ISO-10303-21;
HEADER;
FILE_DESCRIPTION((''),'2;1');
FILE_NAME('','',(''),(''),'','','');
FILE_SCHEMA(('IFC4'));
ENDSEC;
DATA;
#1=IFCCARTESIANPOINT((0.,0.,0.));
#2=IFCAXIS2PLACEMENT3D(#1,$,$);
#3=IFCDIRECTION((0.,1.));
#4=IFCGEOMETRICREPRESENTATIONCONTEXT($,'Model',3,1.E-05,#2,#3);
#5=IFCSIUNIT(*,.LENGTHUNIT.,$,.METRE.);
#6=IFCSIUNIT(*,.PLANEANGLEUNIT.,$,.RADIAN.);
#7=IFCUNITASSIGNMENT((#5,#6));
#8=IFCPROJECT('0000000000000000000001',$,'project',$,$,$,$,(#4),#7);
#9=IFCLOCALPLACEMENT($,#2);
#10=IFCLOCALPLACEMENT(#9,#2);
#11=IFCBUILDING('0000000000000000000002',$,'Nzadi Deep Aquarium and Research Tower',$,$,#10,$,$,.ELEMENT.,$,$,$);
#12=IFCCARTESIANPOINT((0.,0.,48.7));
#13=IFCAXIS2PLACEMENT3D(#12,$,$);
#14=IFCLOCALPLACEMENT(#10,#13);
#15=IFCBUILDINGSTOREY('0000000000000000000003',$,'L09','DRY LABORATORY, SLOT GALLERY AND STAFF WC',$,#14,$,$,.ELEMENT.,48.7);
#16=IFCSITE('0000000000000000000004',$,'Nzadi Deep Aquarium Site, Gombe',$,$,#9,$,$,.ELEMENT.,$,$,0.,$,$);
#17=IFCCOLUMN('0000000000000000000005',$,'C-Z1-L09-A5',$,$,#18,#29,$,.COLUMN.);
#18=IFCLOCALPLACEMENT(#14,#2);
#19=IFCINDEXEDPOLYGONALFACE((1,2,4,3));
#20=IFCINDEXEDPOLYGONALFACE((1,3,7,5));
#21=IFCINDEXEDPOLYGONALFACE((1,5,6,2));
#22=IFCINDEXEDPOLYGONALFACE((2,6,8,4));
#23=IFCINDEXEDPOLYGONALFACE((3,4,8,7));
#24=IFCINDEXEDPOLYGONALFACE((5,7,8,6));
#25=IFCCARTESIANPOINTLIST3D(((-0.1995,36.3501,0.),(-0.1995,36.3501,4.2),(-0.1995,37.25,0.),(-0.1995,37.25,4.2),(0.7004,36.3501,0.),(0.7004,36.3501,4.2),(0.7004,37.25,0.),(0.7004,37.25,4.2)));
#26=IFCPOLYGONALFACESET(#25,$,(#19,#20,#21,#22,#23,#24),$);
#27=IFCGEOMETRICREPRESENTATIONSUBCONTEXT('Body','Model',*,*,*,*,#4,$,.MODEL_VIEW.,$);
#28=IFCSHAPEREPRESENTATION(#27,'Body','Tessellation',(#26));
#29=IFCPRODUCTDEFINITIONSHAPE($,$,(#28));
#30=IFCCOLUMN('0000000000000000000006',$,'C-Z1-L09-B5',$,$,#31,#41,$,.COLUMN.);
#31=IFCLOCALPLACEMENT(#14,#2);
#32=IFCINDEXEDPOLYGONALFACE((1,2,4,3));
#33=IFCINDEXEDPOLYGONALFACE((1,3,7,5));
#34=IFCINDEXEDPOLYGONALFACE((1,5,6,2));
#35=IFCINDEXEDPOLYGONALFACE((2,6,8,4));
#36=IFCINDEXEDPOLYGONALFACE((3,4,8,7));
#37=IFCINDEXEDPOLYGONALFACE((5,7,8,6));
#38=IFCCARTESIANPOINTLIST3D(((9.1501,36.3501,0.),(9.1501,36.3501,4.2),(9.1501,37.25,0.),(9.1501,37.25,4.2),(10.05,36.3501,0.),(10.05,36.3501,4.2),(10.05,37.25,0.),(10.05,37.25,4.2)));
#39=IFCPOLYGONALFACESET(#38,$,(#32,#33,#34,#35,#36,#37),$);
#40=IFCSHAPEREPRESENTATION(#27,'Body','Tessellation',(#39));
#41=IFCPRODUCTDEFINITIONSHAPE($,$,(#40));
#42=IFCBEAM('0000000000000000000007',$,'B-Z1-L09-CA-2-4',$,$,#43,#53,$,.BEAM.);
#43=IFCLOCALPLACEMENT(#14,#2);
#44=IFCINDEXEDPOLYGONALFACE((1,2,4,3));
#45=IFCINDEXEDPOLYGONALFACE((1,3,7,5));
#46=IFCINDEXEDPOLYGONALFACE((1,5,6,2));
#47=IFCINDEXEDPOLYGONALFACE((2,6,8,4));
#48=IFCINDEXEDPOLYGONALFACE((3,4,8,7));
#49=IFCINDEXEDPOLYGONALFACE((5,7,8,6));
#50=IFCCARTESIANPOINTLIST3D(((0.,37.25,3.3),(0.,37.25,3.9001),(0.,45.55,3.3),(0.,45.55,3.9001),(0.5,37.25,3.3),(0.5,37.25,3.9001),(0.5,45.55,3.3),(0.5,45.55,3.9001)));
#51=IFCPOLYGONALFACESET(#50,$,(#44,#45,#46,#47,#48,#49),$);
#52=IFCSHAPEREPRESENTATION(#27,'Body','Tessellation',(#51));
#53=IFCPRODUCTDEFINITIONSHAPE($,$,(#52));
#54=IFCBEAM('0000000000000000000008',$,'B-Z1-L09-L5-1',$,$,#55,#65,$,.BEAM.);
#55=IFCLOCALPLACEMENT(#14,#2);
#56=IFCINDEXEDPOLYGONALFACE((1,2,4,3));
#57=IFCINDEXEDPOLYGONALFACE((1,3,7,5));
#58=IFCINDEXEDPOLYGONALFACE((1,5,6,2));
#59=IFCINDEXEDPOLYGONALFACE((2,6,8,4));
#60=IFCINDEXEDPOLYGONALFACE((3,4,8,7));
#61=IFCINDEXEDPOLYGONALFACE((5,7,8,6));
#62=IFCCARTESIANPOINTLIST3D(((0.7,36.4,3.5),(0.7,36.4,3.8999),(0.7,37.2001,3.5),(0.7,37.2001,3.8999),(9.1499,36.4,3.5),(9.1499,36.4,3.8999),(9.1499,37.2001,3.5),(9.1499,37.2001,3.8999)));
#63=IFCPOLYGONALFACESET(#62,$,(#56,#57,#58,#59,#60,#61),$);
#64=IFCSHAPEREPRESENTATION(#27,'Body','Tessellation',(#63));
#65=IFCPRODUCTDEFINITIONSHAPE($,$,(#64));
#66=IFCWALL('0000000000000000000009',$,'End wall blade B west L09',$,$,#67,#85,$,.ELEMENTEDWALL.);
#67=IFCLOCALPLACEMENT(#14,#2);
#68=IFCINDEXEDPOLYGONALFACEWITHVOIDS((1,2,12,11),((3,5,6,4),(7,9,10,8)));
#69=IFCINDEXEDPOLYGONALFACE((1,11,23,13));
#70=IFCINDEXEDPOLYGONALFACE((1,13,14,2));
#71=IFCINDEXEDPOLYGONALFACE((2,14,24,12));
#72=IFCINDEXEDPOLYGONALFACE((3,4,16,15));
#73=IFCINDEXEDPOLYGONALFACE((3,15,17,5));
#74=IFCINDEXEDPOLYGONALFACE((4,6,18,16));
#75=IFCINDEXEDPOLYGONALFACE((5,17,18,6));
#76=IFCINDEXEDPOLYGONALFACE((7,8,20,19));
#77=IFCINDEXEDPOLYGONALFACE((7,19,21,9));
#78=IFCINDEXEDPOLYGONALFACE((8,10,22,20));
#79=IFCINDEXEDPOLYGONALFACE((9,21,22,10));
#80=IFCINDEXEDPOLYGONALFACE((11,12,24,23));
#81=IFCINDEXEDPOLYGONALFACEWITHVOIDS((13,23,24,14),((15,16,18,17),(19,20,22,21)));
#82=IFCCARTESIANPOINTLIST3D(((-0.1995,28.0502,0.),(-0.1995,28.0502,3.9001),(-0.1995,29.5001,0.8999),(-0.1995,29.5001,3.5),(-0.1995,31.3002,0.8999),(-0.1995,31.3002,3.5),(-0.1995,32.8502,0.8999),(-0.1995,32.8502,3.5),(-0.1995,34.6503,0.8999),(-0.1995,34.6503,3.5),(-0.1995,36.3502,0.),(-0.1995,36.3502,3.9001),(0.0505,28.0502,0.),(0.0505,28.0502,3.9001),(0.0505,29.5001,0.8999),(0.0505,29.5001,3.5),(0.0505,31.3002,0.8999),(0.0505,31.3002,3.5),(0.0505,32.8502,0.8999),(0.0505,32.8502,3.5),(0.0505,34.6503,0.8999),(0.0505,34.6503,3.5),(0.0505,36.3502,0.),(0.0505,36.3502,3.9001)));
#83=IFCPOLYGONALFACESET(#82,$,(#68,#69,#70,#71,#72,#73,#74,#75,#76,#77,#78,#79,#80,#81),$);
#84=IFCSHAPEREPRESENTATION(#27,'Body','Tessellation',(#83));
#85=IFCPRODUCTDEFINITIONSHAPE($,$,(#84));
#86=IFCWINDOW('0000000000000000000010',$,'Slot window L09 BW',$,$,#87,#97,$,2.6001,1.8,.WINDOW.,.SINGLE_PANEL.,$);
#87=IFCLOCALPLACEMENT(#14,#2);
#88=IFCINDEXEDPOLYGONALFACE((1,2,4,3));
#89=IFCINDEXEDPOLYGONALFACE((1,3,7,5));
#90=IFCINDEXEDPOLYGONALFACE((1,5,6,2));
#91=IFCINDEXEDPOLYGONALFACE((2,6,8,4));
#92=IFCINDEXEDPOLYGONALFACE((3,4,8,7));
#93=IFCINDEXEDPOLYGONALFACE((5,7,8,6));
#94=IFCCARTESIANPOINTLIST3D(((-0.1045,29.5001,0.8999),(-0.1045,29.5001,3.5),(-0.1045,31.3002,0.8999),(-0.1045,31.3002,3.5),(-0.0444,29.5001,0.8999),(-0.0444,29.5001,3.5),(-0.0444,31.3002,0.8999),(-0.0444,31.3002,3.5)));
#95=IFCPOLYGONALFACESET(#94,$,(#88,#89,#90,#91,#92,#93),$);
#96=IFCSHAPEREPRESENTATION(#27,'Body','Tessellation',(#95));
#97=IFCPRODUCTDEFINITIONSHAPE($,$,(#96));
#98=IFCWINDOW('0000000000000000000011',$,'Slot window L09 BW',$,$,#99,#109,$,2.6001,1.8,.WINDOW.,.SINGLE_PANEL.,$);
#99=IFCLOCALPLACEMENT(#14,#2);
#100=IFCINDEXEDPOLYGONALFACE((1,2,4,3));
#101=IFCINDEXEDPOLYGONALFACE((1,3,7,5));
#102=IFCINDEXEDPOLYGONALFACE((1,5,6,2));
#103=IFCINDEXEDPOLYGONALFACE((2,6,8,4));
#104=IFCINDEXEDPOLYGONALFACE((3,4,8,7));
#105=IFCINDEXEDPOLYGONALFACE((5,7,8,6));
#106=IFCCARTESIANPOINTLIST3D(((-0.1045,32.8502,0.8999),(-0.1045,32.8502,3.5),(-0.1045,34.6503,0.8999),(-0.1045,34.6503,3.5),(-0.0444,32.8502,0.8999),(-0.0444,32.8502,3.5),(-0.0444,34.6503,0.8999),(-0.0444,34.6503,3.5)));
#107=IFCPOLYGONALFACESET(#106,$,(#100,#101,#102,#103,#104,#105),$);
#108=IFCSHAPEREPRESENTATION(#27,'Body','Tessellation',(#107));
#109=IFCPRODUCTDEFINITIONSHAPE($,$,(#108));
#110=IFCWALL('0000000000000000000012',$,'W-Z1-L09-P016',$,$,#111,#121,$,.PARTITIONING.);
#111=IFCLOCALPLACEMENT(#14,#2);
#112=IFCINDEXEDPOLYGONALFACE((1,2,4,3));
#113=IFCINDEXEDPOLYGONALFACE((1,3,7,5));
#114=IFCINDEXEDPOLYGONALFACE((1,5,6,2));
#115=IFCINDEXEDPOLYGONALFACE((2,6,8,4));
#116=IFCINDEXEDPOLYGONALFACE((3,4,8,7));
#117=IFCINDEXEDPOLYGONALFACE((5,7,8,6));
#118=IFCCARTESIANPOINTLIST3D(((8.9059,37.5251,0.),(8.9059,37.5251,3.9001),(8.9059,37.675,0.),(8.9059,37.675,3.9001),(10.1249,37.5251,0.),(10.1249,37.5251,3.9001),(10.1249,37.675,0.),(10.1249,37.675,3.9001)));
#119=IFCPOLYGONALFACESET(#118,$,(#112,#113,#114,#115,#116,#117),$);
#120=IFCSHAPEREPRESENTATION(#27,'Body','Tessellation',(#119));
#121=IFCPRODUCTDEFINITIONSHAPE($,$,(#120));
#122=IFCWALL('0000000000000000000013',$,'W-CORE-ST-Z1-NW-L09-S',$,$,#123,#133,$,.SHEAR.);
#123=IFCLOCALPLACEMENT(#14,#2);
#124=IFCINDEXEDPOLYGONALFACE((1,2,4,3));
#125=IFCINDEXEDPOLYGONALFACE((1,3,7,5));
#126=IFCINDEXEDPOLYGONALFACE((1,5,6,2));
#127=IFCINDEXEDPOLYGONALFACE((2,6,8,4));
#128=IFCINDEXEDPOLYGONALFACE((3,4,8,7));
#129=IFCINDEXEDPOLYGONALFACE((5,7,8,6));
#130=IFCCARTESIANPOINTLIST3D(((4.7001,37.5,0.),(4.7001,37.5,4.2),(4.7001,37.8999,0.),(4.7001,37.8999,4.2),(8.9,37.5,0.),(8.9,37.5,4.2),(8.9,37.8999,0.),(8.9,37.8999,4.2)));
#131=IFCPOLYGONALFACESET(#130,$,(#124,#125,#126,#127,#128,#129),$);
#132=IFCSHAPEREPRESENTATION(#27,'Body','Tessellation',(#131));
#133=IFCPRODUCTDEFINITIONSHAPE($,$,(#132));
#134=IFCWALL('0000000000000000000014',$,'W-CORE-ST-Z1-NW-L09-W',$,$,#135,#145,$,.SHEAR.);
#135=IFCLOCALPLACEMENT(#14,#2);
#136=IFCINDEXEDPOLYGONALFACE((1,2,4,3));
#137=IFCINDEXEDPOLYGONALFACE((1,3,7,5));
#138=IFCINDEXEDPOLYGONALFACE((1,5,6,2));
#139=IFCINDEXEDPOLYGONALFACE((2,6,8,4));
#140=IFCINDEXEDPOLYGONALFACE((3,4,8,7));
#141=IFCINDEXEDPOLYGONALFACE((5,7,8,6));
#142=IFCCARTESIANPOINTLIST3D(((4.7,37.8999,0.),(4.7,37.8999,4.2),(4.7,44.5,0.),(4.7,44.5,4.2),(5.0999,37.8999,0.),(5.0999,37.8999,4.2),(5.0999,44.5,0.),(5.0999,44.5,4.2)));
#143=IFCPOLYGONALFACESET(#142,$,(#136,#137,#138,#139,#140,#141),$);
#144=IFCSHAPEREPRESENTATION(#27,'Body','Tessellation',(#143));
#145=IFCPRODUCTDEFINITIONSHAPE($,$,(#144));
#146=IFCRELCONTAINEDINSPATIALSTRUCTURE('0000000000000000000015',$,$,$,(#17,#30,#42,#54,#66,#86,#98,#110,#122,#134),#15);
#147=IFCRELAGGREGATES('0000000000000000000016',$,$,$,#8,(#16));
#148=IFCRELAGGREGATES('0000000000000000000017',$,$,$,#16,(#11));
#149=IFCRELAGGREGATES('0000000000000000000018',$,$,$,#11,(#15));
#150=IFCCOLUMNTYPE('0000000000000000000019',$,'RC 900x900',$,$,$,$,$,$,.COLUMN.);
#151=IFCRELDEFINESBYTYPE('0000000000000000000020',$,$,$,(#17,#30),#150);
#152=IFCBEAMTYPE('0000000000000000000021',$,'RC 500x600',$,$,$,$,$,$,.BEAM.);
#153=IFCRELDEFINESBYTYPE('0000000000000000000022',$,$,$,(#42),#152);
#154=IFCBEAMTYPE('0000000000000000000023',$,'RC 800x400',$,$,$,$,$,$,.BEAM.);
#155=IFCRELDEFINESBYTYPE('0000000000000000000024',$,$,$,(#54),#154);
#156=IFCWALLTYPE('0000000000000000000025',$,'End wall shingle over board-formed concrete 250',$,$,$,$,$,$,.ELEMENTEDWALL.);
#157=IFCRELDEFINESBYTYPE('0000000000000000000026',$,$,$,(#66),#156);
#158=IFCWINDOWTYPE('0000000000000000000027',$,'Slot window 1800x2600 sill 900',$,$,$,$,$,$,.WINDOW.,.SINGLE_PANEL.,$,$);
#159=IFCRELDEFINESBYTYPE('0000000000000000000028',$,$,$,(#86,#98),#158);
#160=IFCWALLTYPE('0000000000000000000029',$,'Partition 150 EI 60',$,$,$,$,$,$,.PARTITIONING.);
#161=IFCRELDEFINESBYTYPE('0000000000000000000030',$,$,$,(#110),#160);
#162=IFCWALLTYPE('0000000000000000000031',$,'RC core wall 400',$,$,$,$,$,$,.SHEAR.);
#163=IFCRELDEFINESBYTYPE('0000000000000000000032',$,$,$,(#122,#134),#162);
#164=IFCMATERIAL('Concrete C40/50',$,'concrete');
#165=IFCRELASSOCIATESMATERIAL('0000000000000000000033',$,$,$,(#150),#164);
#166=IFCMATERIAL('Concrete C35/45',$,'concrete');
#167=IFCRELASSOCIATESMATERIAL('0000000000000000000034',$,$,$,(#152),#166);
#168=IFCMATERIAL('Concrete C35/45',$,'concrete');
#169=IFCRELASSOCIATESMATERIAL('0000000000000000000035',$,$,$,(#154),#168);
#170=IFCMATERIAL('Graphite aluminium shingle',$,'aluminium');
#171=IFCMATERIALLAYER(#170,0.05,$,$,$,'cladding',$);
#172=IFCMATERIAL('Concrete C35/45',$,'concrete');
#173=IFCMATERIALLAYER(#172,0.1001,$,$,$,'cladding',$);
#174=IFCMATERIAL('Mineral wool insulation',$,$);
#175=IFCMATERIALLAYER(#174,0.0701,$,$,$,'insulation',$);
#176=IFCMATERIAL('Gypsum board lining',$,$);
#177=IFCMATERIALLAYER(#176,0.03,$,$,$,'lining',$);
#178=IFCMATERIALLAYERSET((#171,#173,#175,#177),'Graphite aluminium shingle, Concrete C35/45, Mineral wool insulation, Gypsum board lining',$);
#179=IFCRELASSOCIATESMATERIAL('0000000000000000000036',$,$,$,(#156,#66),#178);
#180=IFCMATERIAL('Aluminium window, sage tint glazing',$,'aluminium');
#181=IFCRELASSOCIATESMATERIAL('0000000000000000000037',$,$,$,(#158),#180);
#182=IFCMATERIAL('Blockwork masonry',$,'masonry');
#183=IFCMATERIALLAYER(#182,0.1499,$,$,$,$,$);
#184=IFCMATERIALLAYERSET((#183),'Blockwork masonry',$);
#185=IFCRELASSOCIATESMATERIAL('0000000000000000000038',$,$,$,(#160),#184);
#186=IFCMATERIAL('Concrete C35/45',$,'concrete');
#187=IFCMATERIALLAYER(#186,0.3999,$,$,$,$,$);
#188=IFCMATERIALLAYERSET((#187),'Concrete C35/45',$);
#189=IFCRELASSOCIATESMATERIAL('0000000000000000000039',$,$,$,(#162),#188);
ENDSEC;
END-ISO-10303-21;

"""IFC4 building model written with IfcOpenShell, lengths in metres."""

from ifc_helpers import new_model, si_unit, direction, frame, frame_2d, origin, origin_2d, place, context, subcontext, project, spatial, rectangle, extrude, material, layer, layer_set, layer_usage, material_profile, profile_set, type_object, element, fill, save


model = new_model("IFC4")

# Units and contexts
model_context = context("Model", 3, precision=1e-05, world=origin(), true_north=direction((0.0, 1.0)))
body_context = subcontext(model_context, "Body", "Model", "MODEL_VIEW")
ifc_project = project(units=[si_unit("LENGTHUNIT", "METRE"), si_unit("PLANEANGLEUNIT", "RADIAN")], contexts=[model_context])

# Site, building, storey
site_placement = place(None, origin())
site = spatial("IfcSite", under=ifc_project, at=site_placement, Name="Nzadi Deep Aquarium Site, Gombe", CompositionType="ELEMENT", RefElevation=0.0)
building_placement = place(site_placement, origin())
building = spatial("IfcBuilding", under=site, at=building_placement, Name="Nzadi Deep Aquarium and Research Tower", CompositionType="ELEMENT")
storey_placement = place(building_placement, frame((0.0, 0.0, 48.7)))
storey = spatial("IfcBuildingStorey", under=building, at=storey_placement, Name="L09", Description="DRY LABORATORY, SLOT GALLERY AND STAFF WC", CompositionType="ELEMENT", Elevation=48.7)

# Columns
ifc_material_1 = material(Name="Concrete C40/50", Category="concrete")
ifc_material_profile_1 = material_profile(ifc_material_1, rectangle(XDim=0.8999, YDim=0.8999, at=origin_2d()))
ifc_profile_set_1 = profile_set([ifc_material_profile_1], Name="Concrete C40/50")
column_type = type_object("IfcColumnType", Name="RC 900x900", PredefinedType="COLUMN", material=ifc_profile_set_1)
for number, where, z_axis, x_axis, name in (
    (1, (0.2505, 36.8, 0.0), (0.0, 0.0, 1.0), (1.0, 0.0, 0.0), "C-Z1-L09-A5"),
    (2, (9.6001, 36.8, 0.0), (0.0, 0.0, 1.0), (1.0, 0.0, 0.0), "C-Z1-L09-B5"),
):
    element("IfcColumn", number, at=place(storey_placement, frame(where, z_axis=z_axis, x_axis=x_axis)), inside=storey, type_object=column_type, Name=name, PredefinedType="COLUMN", context=body_context, shape_type="SweptSolid", body=[
        extrude(rectangle(XDim=0.8999, YDim=0.8999, at=origin_2d()), origin(), (0.0, 0.0, 1.0), 4.2),
    ])

# Beams
ifc_material_2 = material(Name="Concrete C35/45", Category="concrete")
ifc_material_profile_2 = material_profile(ifc_material_2, rectangle(XDim=0.5, YDim=0.6001, at=origin_2d()))
ifc_profile_set_2 = profile_set([ifc_material_profile_2], Name="Concrete C35/45")
beam_type_1 = type_object("IfcBeamType", Name="RC 500x600", PredefinedType="BEAM", material=ifc_profile_set_2)
beam_1_placement = place(storey_placement, frame((0.25, 37.25, 3.6001), z_axis=(0.0, 1.0, 0.0), x_axis=(-1.0, 0.0, 0.0)))
element("IfcBeam", 3, at=beam_1_placement, inside=storey, type_object=beam_type_1, Name="B-Z1-L09-CA-2-4", PredefinedType="BEAM", context=body_context, shape_type="SweptSolid", body=[
    extrude(rectangle(XDim=0.5, YDim=0.6001, at=origin_2d()), origin(), (0.0, 0.0, 1.0), 8.3),
])
ifc_material_3 = material(Name="Concrete C35/45", Category="concrete")
ifc_material_profile_3 = material_profile(ifc_material_3, rectangle(XDim=0.8, YDim=0.3999, at=origin_2d()))
ifc_profile_set_3 = profile_set([ifc_material_profile_3], Name="Concrete C35/45")
beam_type_2 = type_object("IfcBeamType", Name="RC 800x400", PredefinedType="BEAM", material=ifc_profile_set_3)
beam_2_placement = place(storey_placement, frame((0.7, 36.8, 3.7), z_axis=(1.0, 0.0, 0.0), x_axis=(0.0, 1.0, 0.0)))
element("IfcBeam", 4, at=beam_2_placement, inside=storey, type_object=beam_type_2, Name="B-Z1-L09-L5-1", PredefinedType="BEAM", context=body_context, shape_type="SweptSolid", body=[
    extrude(rectangle(XDim=0.8, YDim=0.3999, at=origin_2d()), origin(), (0.0, 0.0, 1.0), 8.45),
])

# Wall, openings, windows
ifc_material_4 = material(Name="Graphite aluminium shingle", Category="aluminium")
ifc_layer_1 = layer(ifc_material_4, 0.05, Category="cladding")
ifc_material_5 = material(Name="Concrete C35/45", Category="concrete")
ifc_layer_2 = layer(ifc_material_5, 0.1001, Category="cladding")
ifc_material_6 = material(Name="Mineral wool insulation")
ifc_layer_3 = layer(ifc_material_6, 0.0701, Category="insulation")
ifc_material_7 = material(Name="Gypsum board lining")
ifc_layer_4 = layer(ifc_material_7, 0.03, Category="lining")
ifc_layer_set_1 = layer_set([ifc_layer_1, ifc_layer_2, ifc_layer_3, ifc_layer_4], Name="Graphite aluminium shingle, Concrete C35/45, Mineral wool insulation, Gypsum board lining")
ifc_layer_usage = layer_usage(ifc_layer_set_1, "AXIS2", "POSITIVE", -0.125)
wall_type_1 = type_object("IfcWallType", Name="End wall shingle over board-formed concrete 250", PredefinedType="ELEMENTEDWALL", material=ifc_layer_set_1)
wall_1_placement = place(storey_placement, frame((-0.0745, 36.3501, 0.0), z_axis=(0.0, 0.0, 1.0), x_axis=(0.0, -1.0, 0.0)))
wall_1 = element("IfcWall", 5, at=wall_1_placement, inside=storey, type_object=wall_type_1, material=ifc_layer_usage, Name="End wall blade B west L09", PredefinedType="ELEMENTEDWALL", context=body_context, shape_type="SweptSolid", body=[
    extrude(rectangle(XDim=8.3, YDim=0.25, at=frame_2d((4.1499, 0.0))), origin(), (0.0, 0.0, 1.0), 3.9001),
])
opening_1_placement = place(wall_1_placement, frame((5.05, 0.0, 0.8999)))
opening_1 = element("IfcOpeningElement", 6, at=opening_1_placement, cuts=wall_1, PredefinedType="OPENING", context=body_context, shape_type="SweptSolid", body=[
    extrude(rectangle(XDim=1.8, YDim=2.6001, at=frame_2d((0.8999, 1.3))), frame((0.0, 0.135, 0.0), z_axis=(0.0, -1.0, 0.0), x_axis=(1.0, 0.0, 0.0)), (0.0, 0.0, 1.0), 0.27),
])
opening_2_placement = place(wall_1_placement, frame((1.7, 0.0, 0.8999)))
opening_2 = element("IfcOpeningElement", 7, at=opening_2_placement, cuts=wall_1, PredefinedType="OPENING", context=body_context, shape_type="SweptSolid", body=[
    extrude(rectangle(XDim=1.8, YDim=2.6001, at=frame_2d((0.8999, 1.3))), frame((0.0, 0.135, 0.0), z_axis=(0.0, -1.0, 0.0), x_axis=(1.0, 0.0, 0.0)), (0.0, 0.0, 1.0), 0.27),
])
ifc_material_8 = material(Name="Aluminium window, sage tint glazing", Category="aluminium")
window_type = type_object("IfcWindowType", Name="Slot window 1800x2600 sill 900", PartitioningType="SINGLE_PANEL", PredefinedType="WINDOW", material=ifc_material_8)
window_1_placement = place(opening_1_placement, origin())
window_1 = element("IfcWindow", 8, at=window_1_placement, inside=storey, type_object=window_type, Name="Slot window L09 BW", OverallHeight=2.6001, OverallWidth=1.8, PartitioningType="SINGLE_PANEL", PredefinedType="WINDOW", context=body_context, shape_type="SweptSolid", body=[
    extrude(rectangle(XDim=1.8, YDim=2.6001, at=frame_2d((0.8999, 1.3))), frame((0.0, 0.03, 0.0), z_axis=(0.0, -1.0, 0.0), x_axis=(1.0, 0.0, 0.0)), (0.0, 0.0, 1.0), 0.0601),
])
fill(opening_1, window_1)
window_2_placement = place(opening_2_placement, origin())
window_2 = element("IfcWindow", 9, at=window_2_placement, inside=storey, type_object=window_type, Name="Slot window L09 BW", OverallHeight=2.6001, OverallWidth=1.8, PartitioningType="SINGLE_PANEL", PredefinedType="WINDOW", context=body_context, shape_type="SweptSolid", body=[
    extrude(rectangle(XDim=1.8, YDim=2.6001, at=frame_2d((0.8999, 1.3))), frame((0.0, 0.03, 0.0), z_axis=(0.0, -1.0, 0.0), x_axis=(1.0, 0.0, 0.0)), (0.0, 0.0, 1.0), 0.0601),
])
fill(opening_2, window_2)

# Walls
ifc_material_9 = material(Name="Blockwork masonry", Category="masonry")
ifc_layer_5 = layer(ifc_material_9, 0.1499)
ifc_layer_set_2 = layer_set([ifc_layer_5], Name="Blockwork masonry")
wall_type_2 = type_object("IfcWallType", Name="Partition 150 EI 60", PredefinedType="PARTITIONING", material=ifc_layer_set_2)
wall_2_placement = place(storey_placement, frame((8.906, 37.6001, 0.0), z_axis=(0.0, 0.0, 1.0), x_axis=(1.0, 0.0, 0.0)))
element("IfcWall", 10, at=wall_2_placement, inside=storey, type_object=wall_type_2, Name="W-Z1-L09-P016", PredefinedType="PARTITIONING", context=body_context, shape_type="SweptSolid", body=[
    extrude(rectangle(XDim=1.219, YDim=0.1499, at=frame_2d((0.6094, 0.0))), origin(), (0.0, 0.0, 1.0), 3.9001),
])
ifc_material_10 = material(Name="Concrete C35/45", Category="concrete")
ifc_layer_6 = layer(ifc_material_10, 0.3999)
ifc_layer_set_3 = layer_set([ifc_layer_6], Name="Concrete C35/45")
wall_type_3 = type_object("IfcWallType", Name="RC core wall 400", PredefinedType="SHEAR", material=ifc_layer_set_3)
wall_3_placement = place(storey_placement, frame((4.7, 37.7, 0.0), z_axis=(0.0, 0.0, 1.0), x_axis=(1.0, 0.0, 0.0)))
element("IfcWall", 11, at=wall_3_placement, inside=storey, type_object=wall_type_3, Name="W-CORE-ST-Z1-NW-L09-S", PredefinedType="SHEAR", context=body_context, shape_type="SweptSolid", body=[
    extrude(rectangle(XDim=4.2, YDim=0.3999, at=frame_2d((2.1001, 0.0))), origin(), (0.0, 0.0, 1.0), 4.2),
])
wall_4_placement = place(storey_placement, frame((4.8999, 37.8999, 0.0), z_axis=(0.0, 0.0, 1.0), x_axis=(0.0, 1.0, 0.0)))
element("IfcWall", 12, at=wall_4_placement, inside=storey, type_object=wall_type_3, Name="W-CORE-ST-Z1-NW-L09-W", PredefinedType="SHEAR", context=body_context, shape_type="SweptSolid", body=[
    extrude(rectangle(XDim=6.6001, YDim=0.3999, at=frame_2d((3.3, 0.0))), origin(), (0.0, 0.0, 1.0), 4.2),
])

save(model, "model.ifc")
